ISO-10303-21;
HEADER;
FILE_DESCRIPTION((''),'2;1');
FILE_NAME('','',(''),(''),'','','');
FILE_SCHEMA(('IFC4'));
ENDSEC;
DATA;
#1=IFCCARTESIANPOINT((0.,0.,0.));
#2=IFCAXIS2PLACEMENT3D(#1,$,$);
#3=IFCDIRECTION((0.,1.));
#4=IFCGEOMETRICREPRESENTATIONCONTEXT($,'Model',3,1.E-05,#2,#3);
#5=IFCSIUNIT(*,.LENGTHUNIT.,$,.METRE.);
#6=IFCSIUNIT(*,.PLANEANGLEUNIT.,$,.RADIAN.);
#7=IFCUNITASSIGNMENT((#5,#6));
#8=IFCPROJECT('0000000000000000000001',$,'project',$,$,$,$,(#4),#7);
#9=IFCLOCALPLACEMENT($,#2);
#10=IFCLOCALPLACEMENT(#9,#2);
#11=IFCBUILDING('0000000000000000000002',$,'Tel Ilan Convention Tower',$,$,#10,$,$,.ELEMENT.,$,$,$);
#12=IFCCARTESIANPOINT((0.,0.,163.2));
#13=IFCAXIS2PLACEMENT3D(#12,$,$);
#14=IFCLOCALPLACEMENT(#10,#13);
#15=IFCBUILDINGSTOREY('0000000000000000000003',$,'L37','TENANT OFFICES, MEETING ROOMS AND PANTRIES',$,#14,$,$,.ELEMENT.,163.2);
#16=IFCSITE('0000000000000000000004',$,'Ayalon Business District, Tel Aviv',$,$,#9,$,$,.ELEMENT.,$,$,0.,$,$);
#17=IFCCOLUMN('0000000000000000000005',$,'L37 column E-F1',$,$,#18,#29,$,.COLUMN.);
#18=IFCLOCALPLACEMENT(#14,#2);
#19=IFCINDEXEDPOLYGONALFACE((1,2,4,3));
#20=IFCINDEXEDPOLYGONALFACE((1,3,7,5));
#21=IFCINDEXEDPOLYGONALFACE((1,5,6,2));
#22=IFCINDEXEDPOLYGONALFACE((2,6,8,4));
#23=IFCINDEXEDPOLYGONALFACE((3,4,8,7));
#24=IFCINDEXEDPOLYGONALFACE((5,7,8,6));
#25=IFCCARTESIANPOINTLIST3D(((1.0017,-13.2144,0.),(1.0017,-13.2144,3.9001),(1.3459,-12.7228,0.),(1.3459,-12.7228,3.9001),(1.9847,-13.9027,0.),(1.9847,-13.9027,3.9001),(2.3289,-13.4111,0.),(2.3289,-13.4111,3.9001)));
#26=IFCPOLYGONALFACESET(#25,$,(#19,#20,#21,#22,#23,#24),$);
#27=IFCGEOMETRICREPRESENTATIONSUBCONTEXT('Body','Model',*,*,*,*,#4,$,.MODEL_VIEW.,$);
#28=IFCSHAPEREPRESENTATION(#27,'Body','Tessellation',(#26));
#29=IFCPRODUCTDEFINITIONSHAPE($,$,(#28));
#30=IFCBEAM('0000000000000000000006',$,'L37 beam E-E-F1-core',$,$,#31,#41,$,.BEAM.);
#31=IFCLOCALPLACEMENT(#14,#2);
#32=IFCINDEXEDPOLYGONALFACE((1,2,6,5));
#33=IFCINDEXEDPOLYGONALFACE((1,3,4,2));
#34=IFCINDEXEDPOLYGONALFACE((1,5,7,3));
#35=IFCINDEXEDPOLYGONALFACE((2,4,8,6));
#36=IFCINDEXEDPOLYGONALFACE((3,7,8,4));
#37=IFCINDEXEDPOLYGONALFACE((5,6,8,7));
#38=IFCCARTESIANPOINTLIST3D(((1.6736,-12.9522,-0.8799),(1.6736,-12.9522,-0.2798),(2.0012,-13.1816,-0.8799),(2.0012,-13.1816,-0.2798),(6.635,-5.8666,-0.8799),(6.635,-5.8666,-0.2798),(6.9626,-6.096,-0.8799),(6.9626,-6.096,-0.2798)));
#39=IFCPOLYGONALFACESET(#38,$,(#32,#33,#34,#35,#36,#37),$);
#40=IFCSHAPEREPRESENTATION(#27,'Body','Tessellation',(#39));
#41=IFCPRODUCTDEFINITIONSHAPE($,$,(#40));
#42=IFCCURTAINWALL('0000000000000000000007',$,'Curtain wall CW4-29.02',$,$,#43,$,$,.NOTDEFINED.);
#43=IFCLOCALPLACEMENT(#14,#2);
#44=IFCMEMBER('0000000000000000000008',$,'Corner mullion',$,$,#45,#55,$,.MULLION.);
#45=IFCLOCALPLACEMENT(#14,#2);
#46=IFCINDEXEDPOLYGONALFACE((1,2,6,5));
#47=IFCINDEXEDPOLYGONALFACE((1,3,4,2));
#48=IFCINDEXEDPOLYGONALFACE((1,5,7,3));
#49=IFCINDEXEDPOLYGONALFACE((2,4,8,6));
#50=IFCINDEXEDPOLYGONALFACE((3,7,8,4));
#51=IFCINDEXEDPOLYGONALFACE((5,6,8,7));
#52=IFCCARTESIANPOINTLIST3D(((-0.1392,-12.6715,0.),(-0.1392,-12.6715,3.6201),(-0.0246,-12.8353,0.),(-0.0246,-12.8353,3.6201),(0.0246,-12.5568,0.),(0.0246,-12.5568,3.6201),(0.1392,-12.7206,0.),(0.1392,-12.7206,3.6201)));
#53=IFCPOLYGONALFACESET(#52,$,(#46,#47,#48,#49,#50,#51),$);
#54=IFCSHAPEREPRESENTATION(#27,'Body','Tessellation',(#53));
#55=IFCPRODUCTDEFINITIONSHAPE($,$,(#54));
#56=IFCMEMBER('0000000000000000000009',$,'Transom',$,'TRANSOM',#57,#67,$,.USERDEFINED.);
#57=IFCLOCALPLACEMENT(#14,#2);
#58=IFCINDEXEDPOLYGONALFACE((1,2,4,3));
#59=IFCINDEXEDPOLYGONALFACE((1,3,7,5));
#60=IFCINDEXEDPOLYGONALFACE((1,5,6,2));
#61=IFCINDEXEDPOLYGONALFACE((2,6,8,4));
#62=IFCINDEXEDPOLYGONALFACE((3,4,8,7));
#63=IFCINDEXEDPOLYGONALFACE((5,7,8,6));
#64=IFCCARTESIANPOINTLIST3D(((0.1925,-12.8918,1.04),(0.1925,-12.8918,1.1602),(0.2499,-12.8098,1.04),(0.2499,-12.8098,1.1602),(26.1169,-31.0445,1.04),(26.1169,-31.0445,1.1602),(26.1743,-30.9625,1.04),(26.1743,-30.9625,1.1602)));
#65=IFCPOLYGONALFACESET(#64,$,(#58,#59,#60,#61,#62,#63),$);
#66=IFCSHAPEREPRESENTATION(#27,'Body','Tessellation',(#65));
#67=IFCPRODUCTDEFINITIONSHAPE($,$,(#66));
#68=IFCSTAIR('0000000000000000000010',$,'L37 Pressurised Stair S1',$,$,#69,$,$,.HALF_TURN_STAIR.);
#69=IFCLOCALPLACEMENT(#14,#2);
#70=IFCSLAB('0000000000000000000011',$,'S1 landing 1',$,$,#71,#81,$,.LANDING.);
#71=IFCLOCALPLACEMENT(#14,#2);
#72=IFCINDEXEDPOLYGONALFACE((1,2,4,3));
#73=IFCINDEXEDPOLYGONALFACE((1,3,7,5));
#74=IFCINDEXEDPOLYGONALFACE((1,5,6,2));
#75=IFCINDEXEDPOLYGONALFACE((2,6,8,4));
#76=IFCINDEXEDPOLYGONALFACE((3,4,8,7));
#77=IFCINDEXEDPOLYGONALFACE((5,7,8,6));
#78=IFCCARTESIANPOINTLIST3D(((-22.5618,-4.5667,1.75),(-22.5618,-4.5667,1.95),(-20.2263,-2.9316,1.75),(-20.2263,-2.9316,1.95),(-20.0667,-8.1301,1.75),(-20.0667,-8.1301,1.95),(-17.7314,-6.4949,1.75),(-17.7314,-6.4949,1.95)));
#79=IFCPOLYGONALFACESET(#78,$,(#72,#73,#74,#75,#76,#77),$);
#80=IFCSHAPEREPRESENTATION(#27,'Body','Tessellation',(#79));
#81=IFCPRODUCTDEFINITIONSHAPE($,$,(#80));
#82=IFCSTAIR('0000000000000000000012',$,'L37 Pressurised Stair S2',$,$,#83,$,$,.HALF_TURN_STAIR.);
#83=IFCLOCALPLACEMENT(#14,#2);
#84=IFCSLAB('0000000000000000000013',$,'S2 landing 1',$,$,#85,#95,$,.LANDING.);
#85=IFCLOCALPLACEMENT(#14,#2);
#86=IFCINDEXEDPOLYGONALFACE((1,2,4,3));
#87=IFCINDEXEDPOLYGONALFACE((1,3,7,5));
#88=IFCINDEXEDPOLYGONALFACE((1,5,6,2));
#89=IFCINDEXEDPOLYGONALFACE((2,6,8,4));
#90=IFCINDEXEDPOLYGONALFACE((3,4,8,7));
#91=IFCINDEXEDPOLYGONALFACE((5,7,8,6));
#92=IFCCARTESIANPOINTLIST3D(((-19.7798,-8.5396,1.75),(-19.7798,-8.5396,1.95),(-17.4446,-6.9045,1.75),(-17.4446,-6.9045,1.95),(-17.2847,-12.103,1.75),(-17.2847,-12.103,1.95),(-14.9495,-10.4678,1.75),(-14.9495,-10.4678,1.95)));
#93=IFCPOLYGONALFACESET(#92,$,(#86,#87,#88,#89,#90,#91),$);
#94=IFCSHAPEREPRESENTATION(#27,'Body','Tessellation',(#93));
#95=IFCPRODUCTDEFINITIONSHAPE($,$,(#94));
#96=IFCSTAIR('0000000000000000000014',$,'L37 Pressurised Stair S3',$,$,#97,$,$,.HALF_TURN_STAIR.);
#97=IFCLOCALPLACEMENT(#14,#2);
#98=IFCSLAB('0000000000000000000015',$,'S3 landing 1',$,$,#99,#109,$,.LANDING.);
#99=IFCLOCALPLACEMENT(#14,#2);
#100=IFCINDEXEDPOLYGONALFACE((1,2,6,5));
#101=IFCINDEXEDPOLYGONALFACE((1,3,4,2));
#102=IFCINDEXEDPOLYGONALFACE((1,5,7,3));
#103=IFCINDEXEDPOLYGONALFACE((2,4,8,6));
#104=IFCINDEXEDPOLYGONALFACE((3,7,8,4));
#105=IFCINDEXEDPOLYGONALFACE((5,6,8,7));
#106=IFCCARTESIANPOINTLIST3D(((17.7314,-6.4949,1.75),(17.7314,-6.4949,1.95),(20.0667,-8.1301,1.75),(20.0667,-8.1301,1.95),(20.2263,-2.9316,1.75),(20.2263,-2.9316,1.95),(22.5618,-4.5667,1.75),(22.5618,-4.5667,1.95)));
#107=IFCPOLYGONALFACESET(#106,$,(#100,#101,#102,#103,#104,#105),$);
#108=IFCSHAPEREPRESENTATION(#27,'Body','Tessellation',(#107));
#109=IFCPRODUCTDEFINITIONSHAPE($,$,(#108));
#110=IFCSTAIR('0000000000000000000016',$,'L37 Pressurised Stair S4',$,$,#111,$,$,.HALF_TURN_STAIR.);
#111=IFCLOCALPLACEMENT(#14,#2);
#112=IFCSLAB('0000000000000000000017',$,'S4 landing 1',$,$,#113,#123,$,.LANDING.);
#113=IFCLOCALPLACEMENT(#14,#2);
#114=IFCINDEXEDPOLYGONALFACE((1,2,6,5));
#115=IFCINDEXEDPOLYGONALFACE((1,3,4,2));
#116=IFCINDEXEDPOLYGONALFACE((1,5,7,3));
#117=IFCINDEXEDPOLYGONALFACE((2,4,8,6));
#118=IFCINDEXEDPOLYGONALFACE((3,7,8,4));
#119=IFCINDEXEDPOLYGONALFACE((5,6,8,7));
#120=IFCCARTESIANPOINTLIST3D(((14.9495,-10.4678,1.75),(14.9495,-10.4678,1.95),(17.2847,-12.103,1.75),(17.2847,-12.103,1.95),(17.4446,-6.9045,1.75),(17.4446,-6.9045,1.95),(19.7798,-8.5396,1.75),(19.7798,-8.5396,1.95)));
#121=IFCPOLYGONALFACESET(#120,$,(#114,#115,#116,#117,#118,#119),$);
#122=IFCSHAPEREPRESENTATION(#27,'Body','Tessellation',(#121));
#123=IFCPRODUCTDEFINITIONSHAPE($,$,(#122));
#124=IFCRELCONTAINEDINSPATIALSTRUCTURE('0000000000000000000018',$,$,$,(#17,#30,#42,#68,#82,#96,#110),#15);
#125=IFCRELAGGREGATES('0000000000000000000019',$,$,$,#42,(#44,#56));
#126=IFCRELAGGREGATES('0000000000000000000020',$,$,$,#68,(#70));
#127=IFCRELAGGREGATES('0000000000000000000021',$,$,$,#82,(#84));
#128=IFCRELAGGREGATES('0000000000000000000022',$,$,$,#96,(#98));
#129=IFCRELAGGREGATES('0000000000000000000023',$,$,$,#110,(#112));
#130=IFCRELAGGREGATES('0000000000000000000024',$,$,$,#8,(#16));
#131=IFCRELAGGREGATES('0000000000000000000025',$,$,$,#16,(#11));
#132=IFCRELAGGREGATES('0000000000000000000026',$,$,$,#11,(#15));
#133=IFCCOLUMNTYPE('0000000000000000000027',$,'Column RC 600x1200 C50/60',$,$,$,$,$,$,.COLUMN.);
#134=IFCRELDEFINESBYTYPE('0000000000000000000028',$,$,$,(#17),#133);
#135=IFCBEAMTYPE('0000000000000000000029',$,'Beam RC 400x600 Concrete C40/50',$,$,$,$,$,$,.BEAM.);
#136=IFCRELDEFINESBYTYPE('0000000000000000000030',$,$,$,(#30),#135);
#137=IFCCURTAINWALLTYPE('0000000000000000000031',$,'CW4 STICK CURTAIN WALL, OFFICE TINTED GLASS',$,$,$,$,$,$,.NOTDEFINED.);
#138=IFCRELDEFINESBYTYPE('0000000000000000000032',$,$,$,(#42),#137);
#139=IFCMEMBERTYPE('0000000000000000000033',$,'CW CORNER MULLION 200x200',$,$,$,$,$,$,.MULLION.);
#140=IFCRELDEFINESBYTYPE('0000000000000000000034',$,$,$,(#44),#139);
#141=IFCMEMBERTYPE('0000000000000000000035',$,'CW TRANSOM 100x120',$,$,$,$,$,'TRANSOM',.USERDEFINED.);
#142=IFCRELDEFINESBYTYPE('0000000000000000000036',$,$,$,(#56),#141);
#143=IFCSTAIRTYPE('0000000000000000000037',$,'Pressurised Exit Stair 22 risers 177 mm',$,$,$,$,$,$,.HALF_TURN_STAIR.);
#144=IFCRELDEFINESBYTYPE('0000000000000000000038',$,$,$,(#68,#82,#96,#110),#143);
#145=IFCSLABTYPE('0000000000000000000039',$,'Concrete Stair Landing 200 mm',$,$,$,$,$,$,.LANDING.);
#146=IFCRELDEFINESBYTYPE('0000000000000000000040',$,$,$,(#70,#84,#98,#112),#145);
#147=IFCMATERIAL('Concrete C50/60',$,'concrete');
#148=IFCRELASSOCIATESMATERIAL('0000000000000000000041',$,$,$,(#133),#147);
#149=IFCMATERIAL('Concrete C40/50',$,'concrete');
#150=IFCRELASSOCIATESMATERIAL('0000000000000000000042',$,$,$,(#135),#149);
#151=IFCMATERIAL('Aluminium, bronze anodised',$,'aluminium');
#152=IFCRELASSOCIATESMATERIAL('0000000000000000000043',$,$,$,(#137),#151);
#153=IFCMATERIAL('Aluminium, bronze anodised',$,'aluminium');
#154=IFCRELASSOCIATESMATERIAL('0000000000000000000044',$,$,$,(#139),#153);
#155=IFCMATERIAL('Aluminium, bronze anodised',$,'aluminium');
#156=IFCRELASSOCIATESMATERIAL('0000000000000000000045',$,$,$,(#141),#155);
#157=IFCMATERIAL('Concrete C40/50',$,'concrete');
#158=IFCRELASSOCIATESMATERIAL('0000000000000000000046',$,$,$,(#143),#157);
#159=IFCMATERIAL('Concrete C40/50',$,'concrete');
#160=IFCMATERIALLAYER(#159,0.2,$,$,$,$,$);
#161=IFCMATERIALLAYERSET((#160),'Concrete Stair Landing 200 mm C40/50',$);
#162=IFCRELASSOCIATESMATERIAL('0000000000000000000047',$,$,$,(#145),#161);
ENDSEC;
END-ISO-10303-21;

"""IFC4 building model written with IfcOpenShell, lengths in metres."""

from ifc_helpers import new_model, si_unit, direction, frame, origin, origin_2d, place, context, subcontext, project, spatial, polyline, rectangle, outline, extrude, material, layer, layer_set, material_profile, profile_set, type_object, element, aggregate, save


model = new_model("IFC4")

# Units and contexts
model_context = context("Model", 3, precision=1e-05, world=origin(), true_north=direction((0.0, 1.0)))
body_context = subcontext(model_context, "Body", "Model", "MODEL_VIEW")
ifc_project = project(units=[si_unit("LENGTHUNIT", "METRE"), si_unit("PLANEANGLEUNIT", "RADIAN")], contexts=[model_context])

# Site, building, storey
site_placement = place(None, origin())
site = spatial("IfcSite", under=ifc_project, at=site_placement, Name="Ayalon Business District, Tel Aviv", CompositionType="ELEMENT", RefElevation=0.0)
building_placement = place(site_placement, origin())
building = spatial("IfcBuilding", under=site, at=building_placement, Name="Tel Ilan Convention Tower", CompositionType="ELEMENT")
storey_placement = place(building_placement, frame((0.0, 0.0, 163.2)))
storey = spatial("IfcBuildingStorey", under=building, at=storey_placement, Name="L37", Description="TENANT OFFICES, MEETING ROOMS AND PANTRIES", CompositionType="ELEMENT", Elevation=163.2)

# Column
ifc_material_1 = material(Name="Concrete C50/60", Category="concrete")
ifc_material_profile_1 = material_profile(ifc_material_1, rectangle(XDim=1.2, YDim=0.6001, at=origin_2d()), Name="RC 600x1200")
ifc_profile_set_1 = profile_set([ifc_material_profile_1], Name="Concrete C50/60")
column_type = type_object("IfcColumnType", Name="Column RC 600x1200 C50/60", PredefinedType="COLUMN", material=ifc_profile_set_1)
column_placement = place(storey_placement, frame((1.6653, -13.3127, 0.0), z_axis=(0.0, 0.0, 1.0), x_axis=(0.819152, -0.573576, 0.0)))
element("IfcColumn", 1, at=column_placement, inside=storey, type_object=column_type, Name="L37 column E-F1", PredefinedType="COLUMN", context=body_context, shape_type="SweptSolid", body=[
    extrude(rectangle(XDim=1.2, YDim=0.6001, at=origin_2d()), origin(), (0.0, 0.0, 1.0), 3.9001),
])

# Beam
ifc_material_2 = material(Name="Concrete C40/50", Category="concrete")
ifc_material_profile_2 = material_profile(ifc_material_2, rectangle(XDim=0.3999, YDim=0.6001, at=origin_2d()), Name="RC 400x600")
ifc_profile_set_2 = profile_set([ifc_material_profile_2], Name="Concrete C40/50")
beam_type = type_object("IfcBeamType", Name="Beam RC 400x600 Concrete C40/50", PredefinedType="BEAM", material=ifc_profile_set_2)
beam_placement = place(storey_placement, frame((1.8374, -13.0669, -0.5798), z_axis=(0.573574, 0.819154, 0.0), x_axis=(-0.819154, 0.573574, 0.0)))
element("IfcBeam", 2, at=beam_placement, inside=storey, type_object=beam_type, Name="L37 beam E-E-F1-core", PredefinedType="BEAM", context=body_context, shape_type="SweptSolid", body=[
    extrude(rectangle(XDim=0.3999, YDim=0.6001, at=origin_2d()), origin(), (0.0, 0.0, 1.0), 8.6499),
])

# Curtain wall, members
ifc_material_3 = material(Name="Aluminium, bronze anodised", Category="aluminium")
curtain_wall_type = type_object("IfcCurtainWallType", Name="CW4 STICK CURTAIN WALL, OFFICE TINTED GLASS", PredefinedType="NOTDEFINED", material=ifc_material_3)
curtain_wall_placement = place(storey_placement, origin())
curtain_wall = element("IfcCurtainWall", 3, at=curtain_wall_placement, inside=storey, type_object=curtain_wall_type, Name="Curtain wall CW4-29.02", PredefinedType="NOTDEFINED")
ifc_material_4 = material(Name="Aluminium, bronze anodised", Category="aluminium")
ifc_material_profile_3 = material_profile(ifc_material_4, rectangle(XDim=0.2, YDim=0.2, at=origin_2d()), Name="CW CORNER MULLION 200x200")
ifc_profile_set_3 = profile_set([ifc_material_profile_3], Name="Aluminium, bronze anodised")
member_type_1 = type_object("IfcMemberType", Name="CW CORNER MULLION 200x200", PredefinedType="MULLION", material=ifc_profile_set_3)
member_1_placement = place(storey_placement, frame((0.0, -12.696, 0.0), z_axis=(0.0, 0.0, 1.0), x_axis=(0.819152, 0.573576, 0.0)))
member_1 = element("IfcMember", 4, at=member_1_placement, type_object=member_type_1, Name="Corner mullion", PredefinedType="MULLION", context=body_context, shape_type="SweptSolid", body=[
    extrude(rectangle(XDim=0.2, YDim=0.2, at=origin_2d()), origin(), (0.0, 0.0, 1.0), 3.6201),
])
ifc_material_5 = material(Name="Aluminium, bronze anodised", Category="aluminium")
ifc_material_profile_4 = material_profile(ifc_material_5, rectangle(XDim=0.1001, YDim=0.1201, at=origin_2d()), Name="CW TRANSOM 100x120")
ifc_profile_set_4 = profile_set([ifc_material_profile_4], Name="Aluminium, bronze anodised")
member_type_2 = type_object("IfcMemberType", Name="CW TRANSOM 100x120", ElementType="TRANSOM", PredefinedType="USERDEFINED", material=ifc_profile_set_4)
member_2_placement = place(storey_placement, frame((0.2212, -12.8508, 1.1001), z_axis=(0.819149, -0.57358, 0.0), x_axis=(0.57358, 0.819149, 0.0)))
member_2 = element("IfcMember", 5, at=member_2_placement, type_object=member_type_2, Name="Transom", ObjectType="TRANSOM", PredefinedType="USERDEFINED", context=body_context, shape_type="SweptSolid", body=[
    extrude(rectangle(XDim=0.1001, YDim=0.1201, at=origin_2d()), origin(), (0.0, 0.0, 1.0), 31.6479),
])
aggregate(curtain_wall, [member_1, member_2])

# Stairs, slabs
ifc_material_6 = material(Name="Concrete C40/50", Category="concrete")
stair_type = type_object("IfcStairType", Name="Pressurised Exit Stair 22 risers 177 mm", PredefinedType="HALF_TURN_STAIR", material=ifc_material_6)
stair_1_placement = place(storey_placement, origin())
stair_1 = element("IfcStair", 6, at=stair_1_placement, inside=storey, type_object=stair_type, Name="L37 Pressurised Stair S1", PredefinedType="HALF_TURN_STAIR")
ifc_material_7 = material(Name="Concrete C40/50", Category="concrete")
ifc_layer_1 = layer(ifc_material_7, 0.2)
ifc_layer_set_1 = layer_set([ifc_layer_1], Name="Concrete Stair Landing 200 mm C40/50")
slab_type_1 = type_object("IfcSlabType", Name="Concrete Stair Landing 200 mm", PredefinedType="LANDING", material=ifc_layer_set_1)
slab_1_placement = place(storey_placement, frame((0.0, 0.0, 1.75)))
slab_1 = element("IfcSlab", 7, at=slab_1_placement, type_object=slab_type_1, Name="S1 landing 1", PredefinedType="LANDING", context=body_context, shape_type="SweptSolid", body=[
    extrude(outline(polyline([(-20.0667, -8.1301), (-17.7314, -6.4949), (-20.2263, -2.9316), (-22.5618, -4.5667), (-20.0667, -8.1301)])), origin(), (0.0, 0.0, 1.0), 0.2),
])
aggregate(stair_1, [slab_1])
stair_2_placement = place(storey_placement, origin())
stair_2 = element("IfcStair", 8, at=stair_2_placement, inside=storey, type_object=stair_type, Name="L37 Pressurised Stair S2", PredefinedType="HALF_TURN_STAIR")
slab_2_placement = place(storey_placement, frame((0.0, 0.0, 1.75)))
slab_2 = element("IfcSlab", 9, at=slab_2_placement, type_object=slab_type_1, Name="S2 landing 1", PredefinedType="LANDING", context=body_context, shape_type="SweptSolid", body=[
    extrude(outline(polyline([(-17.2847, -12.103), (-14.9495, -10.4678), (-17.4446, -6.9045), (-19.7798, -8.5396), (-17.2847, -12.103)])), origin(), (0.0, 0.0, 1.0), 0.2),
])
aggregate(stair_2, [slab_2])
stair_3_placement = place(storey_placement, origin())
stair_3 = element("IfcStair", 10, at=stair_3_placement, inside=storey, type_object=stair_type, Name="L37 Pressurised Stair S3", PredefinedType="HALF_TURN_STAIR")
slab_3_placement = place(storey_placement, frame((0.0, 0.0, 1.75)))
slab_3 = element("IfcSlab", 11, at=slab_3_placement, type_object=slab_type_1, Name="S3 landing 1", PredefinedType="LANDING", context=body_context, shape_type="SweptSolid", body=[
    extrude(outline(polyline([(22.5618, -4.5667), (20.2263, -2.9316), (17.7314, -6.4949), (20.0667, -8.1301), (22.5618, -4.5667)])), origin(), (0.0, 0.0, 1.0), 0.2),
])
aggregate(stair_3, [slab_3])
stair_4_placement = place(storey_placement, origin())
stair_4 = element("IfcStair", 12, at=stair_4_placement, inside=storey, type_object=stair_type, Name="L37 Pressurised Stair S4", PredefinedType="HALF_TURN_STAIR")
slab_4_placement = place(storey_placement, frame((0.0, 0.0, 1.75)))
slab_4 = element("IfcSlab", 13, at=slab_4_placement, type_object=slab_type_1, Name="S4 landing 1", PredefinedType="LANDING", context=body_context, shape_type="SweptSolid", body=[
    extrude(outline(polyline([(19.7798, -8.5396), (17.4446, -6.9045), (14.9495, -10.4678), (17.2847, -12.103), (19.7798, -8.5396)])), origin(), (0.0, 0.0, 1.0), 0.2),
])
aggregate(stair_4, [slab_4])

save(model, "model.ifc")
